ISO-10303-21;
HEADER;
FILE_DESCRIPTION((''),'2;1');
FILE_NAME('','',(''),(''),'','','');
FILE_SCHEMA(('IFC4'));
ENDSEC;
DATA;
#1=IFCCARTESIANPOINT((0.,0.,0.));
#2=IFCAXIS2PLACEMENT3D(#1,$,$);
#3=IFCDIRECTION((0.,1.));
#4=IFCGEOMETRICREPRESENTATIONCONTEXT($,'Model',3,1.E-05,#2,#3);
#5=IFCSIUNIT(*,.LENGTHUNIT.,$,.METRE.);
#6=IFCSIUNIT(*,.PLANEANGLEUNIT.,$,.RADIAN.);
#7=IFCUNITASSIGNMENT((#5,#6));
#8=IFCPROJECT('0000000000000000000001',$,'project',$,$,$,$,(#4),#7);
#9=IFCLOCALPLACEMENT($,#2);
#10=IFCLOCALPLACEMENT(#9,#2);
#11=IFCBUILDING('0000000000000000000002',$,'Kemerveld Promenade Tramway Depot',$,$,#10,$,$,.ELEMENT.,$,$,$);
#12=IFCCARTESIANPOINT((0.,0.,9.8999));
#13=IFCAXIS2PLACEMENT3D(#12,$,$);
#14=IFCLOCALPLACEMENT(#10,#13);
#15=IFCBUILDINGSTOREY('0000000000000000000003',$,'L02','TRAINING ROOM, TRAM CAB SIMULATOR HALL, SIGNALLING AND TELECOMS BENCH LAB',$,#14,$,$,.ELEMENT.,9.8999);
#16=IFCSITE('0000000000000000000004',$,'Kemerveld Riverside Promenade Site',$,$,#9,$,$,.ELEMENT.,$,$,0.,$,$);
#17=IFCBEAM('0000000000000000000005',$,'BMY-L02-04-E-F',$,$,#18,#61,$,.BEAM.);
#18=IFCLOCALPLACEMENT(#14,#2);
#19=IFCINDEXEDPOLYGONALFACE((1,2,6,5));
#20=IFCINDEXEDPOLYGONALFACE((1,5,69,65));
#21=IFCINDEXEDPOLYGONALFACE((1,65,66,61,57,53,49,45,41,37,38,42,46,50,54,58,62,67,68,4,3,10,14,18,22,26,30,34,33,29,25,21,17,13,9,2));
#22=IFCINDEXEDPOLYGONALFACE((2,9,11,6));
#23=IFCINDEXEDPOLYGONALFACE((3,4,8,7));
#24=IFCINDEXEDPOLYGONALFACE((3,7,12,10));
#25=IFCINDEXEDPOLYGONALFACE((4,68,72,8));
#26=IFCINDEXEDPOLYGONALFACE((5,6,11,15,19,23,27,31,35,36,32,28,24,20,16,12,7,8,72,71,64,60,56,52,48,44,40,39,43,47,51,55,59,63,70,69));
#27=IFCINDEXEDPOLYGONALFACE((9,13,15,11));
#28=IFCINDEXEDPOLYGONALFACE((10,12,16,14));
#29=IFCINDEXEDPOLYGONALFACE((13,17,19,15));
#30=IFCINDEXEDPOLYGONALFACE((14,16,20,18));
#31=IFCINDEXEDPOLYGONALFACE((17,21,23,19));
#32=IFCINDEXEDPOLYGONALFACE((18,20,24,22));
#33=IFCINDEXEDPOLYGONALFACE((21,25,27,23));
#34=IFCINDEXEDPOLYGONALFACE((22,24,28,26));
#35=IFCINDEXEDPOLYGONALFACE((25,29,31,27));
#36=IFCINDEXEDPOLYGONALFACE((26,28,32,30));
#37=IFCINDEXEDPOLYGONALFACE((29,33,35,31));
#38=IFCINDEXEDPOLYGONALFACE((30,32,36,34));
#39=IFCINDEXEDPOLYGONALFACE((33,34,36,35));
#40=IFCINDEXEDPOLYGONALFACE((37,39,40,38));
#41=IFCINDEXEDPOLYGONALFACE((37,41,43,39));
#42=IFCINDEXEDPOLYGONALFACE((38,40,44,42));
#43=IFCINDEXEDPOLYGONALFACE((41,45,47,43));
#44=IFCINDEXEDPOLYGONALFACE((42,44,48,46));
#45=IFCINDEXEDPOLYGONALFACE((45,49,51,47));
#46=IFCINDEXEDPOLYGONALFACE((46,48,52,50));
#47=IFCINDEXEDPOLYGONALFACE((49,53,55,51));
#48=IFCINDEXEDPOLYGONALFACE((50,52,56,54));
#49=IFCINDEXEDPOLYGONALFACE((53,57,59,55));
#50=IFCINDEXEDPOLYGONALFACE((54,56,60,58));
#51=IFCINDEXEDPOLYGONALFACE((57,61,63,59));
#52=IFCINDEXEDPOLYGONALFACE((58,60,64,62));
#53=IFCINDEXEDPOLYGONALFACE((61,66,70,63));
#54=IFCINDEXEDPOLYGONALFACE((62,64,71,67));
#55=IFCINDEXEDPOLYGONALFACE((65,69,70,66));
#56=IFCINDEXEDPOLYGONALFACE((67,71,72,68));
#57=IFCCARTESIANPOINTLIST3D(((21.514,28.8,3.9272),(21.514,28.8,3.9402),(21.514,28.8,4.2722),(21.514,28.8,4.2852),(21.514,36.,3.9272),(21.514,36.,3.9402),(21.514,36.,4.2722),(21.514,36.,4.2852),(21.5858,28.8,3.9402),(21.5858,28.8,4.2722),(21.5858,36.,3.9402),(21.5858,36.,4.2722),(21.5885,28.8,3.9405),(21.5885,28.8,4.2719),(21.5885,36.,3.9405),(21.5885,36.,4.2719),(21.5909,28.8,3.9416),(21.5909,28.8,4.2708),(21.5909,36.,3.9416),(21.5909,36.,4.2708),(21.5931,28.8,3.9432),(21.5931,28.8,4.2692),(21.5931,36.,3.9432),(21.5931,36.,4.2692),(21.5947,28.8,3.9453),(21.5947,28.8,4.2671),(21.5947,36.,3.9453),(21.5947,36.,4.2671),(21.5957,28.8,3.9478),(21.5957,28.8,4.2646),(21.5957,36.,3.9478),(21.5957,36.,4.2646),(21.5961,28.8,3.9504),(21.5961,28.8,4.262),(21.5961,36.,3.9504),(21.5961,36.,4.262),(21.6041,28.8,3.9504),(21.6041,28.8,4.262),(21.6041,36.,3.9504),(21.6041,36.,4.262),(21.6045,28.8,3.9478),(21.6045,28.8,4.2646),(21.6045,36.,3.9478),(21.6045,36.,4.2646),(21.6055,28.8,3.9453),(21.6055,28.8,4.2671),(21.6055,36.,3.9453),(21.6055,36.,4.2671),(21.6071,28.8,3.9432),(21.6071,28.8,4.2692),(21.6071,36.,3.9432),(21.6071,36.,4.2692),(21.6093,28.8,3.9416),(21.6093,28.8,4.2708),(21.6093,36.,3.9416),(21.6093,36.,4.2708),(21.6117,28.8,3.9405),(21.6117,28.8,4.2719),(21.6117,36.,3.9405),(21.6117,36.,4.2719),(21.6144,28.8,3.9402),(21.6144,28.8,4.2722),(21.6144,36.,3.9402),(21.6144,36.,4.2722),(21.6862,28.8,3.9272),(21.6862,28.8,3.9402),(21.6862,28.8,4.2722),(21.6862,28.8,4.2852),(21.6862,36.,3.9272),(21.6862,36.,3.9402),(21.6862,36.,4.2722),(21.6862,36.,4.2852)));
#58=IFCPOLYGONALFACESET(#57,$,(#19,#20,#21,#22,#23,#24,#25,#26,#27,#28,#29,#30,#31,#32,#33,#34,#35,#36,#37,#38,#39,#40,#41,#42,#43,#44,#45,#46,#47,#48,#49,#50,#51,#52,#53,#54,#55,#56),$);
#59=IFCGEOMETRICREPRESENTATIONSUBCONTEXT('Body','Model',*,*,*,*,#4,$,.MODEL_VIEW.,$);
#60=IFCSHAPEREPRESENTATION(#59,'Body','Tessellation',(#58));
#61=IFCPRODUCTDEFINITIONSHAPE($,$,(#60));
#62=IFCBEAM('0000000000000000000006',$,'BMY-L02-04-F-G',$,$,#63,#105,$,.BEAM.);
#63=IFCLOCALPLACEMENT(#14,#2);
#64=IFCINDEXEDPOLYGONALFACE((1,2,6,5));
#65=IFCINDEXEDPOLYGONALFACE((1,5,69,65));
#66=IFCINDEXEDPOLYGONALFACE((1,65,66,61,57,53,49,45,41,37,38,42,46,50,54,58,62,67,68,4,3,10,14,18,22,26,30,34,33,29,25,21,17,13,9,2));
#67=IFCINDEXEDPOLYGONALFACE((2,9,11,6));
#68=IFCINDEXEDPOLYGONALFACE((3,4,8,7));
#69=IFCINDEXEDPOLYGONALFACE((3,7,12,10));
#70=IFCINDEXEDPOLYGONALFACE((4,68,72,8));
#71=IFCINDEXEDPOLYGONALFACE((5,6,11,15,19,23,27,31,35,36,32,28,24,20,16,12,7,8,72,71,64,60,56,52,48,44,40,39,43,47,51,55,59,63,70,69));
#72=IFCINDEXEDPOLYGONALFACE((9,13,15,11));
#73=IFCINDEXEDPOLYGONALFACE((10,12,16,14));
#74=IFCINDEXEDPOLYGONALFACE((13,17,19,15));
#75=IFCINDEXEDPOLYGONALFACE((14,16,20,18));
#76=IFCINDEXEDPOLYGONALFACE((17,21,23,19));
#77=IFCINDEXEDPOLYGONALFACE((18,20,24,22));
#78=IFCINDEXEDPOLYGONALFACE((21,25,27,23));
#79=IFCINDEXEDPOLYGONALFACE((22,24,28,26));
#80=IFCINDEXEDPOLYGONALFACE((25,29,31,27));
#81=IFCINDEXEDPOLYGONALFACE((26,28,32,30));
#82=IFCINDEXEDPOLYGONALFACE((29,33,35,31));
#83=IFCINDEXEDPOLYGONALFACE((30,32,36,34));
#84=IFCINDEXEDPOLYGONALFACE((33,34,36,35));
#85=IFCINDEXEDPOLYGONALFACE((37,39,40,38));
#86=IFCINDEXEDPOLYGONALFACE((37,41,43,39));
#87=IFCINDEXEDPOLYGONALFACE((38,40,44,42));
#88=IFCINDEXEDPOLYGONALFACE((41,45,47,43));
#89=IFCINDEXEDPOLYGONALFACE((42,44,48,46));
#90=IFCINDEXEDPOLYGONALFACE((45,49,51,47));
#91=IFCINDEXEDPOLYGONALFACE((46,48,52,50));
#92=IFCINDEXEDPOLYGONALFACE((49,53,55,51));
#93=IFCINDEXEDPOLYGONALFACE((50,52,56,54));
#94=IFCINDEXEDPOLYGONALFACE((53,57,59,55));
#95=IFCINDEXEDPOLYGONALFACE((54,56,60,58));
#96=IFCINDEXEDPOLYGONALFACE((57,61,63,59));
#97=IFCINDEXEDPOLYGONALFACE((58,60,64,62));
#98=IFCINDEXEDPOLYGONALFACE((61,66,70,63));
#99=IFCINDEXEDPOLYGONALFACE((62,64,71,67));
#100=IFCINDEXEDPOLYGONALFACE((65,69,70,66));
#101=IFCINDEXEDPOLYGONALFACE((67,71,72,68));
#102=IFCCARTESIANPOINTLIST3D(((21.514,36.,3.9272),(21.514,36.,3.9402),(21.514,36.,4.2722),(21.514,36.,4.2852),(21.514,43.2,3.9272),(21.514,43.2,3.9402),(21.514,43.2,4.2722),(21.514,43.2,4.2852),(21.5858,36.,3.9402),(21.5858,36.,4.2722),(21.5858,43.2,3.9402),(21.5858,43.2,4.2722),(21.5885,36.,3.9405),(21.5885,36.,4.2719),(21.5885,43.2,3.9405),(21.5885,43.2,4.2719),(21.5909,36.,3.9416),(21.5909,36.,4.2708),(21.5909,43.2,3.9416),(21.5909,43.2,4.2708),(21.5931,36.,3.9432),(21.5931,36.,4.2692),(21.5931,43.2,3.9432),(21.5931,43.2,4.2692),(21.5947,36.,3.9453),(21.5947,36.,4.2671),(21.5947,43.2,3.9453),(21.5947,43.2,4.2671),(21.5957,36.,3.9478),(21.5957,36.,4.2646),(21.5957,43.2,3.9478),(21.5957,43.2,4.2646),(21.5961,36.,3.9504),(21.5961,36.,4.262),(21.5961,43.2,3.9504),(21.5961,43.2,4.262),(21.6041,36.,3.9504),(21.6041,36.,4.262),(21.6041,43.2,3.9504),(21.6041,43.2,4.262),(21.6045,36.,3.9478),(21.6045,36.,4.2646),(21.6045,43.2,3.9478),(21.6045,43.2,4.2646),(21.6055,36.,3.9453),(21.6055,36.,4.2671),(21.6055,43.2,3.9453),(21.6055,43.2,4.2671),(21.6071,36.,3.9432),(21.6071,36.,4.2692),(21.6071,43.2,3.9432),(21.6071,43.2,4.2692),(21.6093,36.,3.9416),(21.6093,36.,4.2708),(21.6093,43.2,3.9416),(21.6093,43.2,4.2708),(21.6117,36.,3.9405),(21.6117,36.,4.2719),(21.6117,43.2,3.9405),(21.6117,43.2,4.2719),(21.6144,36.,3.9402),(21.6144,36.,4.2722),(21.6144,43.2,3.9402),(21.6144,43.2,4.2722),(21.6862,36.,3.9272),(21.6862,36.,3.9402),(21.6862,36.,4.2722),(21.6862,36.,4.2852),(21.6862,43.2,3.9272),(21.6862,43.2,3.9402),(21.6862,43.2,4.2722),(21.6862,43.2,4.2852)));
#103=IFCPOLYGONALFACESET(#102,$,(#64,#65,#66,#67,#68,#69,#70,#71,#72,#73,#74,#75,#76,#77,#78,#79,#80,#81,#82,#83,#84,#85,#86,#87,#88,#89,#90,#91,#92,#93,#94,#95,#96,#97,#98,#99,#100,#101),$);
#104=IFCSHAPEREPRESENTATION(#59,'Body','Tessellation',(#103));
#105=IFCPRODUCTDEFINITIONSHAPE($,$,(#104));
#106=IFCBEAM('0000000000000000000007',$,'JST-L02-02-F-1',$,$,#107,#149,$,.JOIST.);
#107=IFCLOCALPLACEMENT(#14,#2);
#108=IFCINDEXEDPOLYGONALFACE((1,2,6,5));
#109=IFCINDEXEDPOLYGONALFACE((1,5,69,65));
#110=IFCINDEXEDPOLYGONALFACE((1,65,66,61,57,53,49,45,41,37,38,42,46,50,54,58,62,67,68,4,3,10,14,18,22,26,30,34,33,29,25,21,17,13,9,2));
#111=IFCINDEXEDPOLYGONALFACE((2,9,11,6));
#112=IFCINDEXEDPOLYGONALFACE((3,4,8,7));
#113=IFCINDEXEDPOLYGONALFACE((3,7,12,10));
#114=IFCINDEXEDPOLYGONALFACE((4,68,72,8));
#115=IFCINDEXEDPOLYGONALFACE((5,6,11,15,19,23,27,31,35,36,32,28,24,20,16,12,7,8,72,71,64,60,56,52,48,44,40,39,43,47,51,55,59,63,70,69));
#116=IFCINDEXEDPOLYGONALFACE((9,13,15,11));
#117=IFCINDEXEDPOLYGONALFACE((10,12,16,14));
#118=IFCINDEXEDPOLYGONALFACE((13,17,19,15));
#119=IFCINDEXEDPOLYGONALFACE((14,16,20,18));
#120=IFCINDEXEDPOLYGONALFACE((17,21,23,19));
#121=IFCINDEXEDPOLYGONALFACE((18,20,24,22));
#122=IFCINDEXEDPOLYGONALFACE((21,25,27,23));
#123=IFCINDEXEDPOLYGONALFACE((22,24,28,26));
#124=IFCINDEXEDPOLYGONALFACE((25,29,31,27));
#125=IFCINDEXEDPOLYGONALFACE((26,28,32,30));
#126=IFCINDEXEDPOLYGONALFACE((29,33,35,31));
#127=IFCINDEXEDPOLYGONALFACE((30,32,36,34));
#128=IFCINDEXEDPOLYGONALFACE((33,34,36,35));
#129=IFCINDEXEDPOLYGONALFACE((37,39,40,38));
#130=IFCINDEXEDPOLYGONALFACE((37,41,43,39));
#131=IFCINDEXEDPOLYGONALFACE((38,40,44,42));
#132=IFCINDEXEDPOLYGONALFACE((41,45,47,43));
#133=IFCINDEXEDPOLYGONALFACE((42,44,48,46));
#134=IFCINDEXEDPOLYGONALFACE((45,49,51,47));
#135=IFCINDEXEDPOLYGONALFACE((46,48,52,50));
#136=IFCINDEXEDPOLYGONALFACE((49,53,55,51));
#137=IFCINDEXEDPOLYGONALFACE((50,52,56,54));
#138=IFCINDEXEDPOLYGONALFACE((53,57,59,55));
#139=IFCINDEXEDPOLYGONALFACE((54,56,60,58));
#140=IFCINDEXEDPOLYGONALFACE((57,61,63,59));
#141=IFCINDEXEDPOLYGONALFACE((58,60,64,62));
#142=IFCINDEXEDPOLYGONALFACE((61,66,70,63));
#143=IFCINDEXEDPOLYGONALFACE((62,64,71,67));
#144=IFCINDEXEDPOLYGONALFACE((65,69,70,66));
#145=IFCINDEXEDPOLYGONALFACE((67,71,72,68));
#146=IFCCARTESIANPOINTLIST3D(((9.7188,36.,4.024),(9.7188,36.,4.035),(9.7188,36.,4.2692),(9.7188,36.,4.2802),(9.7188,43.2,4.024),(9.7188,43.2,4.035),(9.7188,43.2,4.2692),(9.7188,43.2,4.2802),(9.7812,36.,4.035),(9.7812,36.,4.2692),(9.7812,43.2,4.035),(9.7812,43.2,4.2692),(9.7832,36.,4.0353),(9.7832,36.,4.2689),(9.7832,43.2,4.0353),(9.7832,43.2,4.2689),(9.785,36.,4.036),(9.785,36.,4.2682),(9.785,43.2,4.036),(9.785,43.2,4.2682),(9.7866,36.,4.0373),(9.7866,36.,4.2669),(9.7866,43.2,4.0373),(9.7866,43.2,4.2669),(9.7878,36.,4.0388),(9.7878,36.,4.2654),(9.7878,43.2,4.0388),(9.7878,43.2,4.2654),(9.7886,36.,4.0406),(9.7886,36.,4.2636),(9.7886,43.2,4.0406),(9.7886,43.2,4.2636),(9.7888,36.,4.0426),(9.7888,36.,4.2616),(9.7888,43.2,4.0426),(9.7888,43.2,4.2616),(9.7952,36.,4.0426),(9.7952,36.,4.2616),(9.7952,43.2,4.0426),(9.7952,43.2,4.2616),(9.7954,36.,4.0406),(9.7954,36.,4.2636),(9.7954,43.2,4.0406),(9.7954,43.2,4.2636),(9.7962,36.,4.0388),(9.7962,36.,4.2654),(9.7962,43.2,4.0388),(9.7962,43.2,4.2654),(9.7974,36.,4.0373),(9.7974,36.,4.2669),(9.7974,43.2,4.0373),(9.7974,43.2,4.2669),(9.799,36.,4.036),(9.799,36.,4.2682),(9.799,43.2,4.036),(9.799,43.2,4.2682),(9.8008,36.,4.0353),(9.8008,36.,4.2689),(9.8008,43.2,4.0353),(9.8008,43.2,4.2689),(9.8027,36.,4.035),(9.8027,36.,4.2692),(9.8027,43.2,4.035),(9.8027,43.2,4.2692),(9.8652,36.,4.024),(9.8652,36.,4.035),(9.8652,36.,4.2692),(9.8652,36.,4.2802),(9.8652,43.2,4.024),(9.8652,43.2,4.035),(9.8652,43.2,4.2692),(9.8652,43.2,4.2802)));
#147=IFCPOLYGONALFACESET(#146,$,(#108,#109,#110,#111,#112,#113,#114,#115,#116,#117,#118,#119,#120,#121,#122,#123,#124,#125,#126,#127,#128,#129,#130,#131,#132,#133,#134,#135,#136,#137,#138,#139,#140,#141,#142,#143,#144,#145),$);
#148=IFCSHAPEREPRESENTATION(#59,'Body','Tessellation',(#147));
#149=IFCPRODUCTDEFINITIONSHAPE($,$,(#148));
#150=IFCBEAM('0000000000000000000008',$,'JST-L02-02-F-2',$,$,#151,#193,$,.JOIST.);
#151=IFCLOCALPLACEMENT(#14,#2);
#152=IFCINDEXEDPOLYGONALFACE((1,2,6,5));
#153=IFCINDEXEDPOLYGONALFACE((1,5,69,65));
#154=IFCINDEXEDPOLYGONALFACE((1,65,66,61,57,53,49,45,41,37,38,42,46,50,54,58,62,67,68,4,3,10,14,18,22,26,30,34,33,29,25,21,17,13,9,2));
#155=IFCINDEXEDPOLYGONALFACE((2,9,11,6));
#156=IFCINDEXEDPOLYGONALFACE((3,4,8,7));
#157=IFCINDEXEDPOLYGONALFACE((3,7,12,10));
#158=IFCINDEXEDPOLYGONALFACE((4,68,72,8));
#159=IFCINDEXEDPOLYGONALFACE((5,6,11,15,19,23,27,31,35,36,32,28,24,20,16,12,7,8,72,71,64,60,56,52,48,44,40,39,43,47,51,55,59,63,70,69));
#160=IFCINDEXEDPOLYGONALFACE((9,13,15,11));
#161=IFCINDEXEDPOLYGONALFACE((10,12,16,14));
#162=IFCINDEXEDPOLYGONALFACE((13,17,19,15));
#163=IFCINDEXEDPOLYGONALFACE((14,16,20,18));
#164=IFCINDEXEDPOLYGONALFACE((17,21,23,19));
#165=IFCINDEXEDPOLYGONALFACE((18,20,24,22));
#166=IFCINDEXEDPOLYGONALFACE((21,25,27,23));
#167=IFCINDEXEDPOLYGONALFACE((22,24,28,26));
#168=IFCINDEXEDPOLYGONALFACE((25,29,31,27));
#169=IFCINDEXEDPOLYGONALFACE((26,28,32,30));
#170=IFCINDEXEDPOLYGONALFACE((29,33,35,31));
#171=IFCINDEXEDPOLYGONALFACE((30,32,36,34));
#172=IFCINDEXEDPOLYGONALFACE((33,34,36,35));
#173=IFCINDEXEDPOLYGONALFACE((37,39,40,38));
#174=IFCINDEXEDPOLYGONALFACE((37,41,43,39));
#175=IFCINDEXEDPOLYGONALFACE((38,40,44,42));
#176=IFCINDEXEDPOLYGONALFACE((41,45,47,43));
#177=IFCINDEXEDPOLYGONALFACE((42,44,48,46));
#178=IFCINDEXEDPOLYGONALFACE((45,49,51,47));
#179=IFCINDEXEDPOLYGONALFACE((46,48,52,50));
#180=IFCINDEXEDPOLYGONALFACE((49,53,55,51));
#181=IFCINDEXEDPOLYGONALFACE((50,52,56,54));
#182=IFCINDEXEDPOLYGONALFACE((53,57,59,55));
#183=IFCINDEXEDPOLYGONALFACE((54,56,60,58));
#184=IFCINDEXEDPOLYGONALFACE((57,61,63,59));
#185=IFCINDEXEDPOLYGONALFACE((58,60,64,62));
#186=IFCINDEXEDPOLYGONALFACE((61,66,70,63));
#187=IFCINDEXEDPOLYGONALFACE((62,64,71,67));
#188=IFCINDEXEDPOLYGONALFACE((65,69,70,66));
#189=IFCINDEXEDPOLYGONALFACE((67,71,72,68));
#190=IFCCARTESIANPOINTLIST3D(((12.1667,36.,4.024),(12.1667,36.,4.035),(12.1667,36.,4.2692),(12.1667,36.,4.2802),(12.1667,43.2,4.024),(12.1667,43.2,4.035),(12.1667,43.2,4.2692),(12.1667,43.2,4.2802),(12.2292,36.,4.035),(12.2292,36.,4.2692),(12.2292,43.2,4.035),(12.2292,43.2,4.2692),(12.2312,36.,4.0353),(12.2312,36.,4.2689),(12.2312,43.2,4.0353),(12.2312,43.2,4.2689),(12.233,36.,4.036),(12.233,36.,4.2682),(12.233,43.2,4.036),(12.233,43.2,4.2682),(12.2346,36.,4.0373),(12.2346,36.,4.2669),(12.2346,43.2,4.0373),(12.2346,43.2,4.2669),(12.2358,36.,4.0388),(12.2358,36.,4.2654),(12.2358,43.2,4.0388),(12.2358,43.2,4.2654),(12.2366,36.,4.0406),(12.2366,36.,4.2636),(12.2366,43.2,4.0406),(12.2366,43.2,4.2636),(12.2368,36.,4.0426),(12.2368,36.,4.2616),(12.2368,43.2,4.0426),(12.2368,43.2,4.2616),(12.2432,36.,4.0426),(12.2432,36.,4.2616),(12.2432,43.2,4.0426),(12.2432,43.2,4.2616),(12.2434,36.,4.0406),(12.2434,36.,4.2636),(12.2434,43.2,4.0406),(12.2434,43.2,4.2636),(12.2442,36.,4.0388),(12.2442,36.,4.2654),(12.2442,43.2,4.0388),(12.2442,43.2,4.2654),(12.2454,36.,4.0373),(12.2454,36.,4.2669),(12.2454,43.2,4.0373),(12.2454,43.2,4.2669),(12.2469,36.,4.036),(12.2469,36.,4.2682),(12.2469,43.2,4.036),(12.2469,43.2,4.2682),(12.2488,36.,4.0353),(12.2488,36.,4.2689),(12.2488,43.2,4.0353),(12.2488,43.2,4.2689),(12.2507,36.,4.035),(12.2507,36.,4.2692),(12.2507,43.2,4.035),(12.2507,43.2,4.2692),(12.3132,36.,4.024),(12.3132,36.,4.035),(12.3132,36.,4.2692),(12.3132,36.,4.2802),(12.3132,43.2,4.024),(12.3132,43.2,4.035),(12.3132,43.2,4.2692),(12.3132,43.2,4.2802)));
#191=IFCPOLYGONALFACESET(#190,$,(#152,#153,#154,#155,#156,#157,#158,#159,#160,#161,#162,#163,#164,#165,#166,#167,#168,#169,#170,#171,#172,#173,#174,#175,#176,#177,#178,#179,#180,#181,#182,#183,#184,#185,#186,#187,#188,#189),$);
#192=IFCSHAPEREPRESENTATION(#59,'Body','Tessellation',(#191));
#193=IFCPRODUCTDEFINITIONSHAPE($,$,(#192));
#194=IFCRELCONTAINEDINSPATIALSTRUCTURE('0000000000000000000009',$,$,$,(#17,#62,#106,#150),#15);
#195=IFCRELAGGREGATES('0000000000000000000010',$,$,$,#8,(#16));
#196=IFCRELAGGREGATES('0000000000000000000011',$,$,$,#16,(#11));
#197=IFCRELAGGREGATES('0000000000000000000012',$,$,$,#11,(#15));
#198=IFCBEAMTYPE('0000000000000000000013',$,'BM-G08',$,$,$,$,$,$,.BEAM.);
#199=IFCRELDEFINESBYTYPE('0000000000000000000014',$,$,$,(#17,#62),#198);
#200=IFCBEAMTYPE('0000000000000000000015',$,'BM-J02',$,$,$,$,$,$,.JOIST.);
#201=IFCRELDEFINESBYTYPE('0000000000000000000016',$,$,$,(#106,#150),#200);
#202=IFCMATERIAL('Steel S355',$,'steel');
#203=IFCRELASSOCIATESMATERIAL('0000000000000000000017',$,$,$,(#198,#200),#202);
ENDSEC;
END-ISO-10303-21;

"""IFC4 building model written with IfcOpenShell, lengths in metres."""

from ifc_helpers import new_model, si_unit, direction, frame, origin, origin_2d, place, context, subcontext, project, spatial, i_section, extrude, material, material_profile, profile_set, type_object, element, save


model = new_model("IFC4")

# Units and contexts
model_context = context("Model", 3, precision=1e-05, world=origin(), true_north=direction((0.0, 1.0)))
body_context = subcontext(model_context, "Body", "Model", "MODEL_VIEW")
ifc_project = project(units=[si_unit("LENGTHUNIT", "METRE"), si_unit("PLANEANGLEUNIT", "RADIAN")], contexts=[model_context])

# Site, building, storey
site_placement = place(None, origin())
site = spatial("IfcSite", under=ifc_project, at=site_placement, Name="Kemerveld Riverside Promenade Site", CompositionType="ELEMENT", RefElevation=0.0)
building_placement = place(site_placement, origin())
building = spatial("IfcBuilding", under=site, at=building_placement, Name="Kemerveld Promenade Tramway Depot", CompositionType="ELEMENT")
storey_placement = place(building_placement, frame((0.0, 0.0, 9.8999)))
storey = spatial("IfcBuildingStorey", under=building, at=storey_placement, Name="L02", Description="TRAINING ROOM, TRAM CAB SIMULATOR HALL, SIGNALLING AND TELECOMS BENCH LAB", CompositionType="ELEMENT", Elevation=9.8999)

# Shared definitions
ifc_material_1 = material(Name="Steel S355", Category="steel")

# Beams
ifc_material_profile_1 = material_profile(ifc_material_1, i_section(OverallWidth=0.1721, OverallDepth=0.3579, WebThickness=0.0081, FlangeThickness=0.0129, FilletRadius=0.0103, at=origin_2d()), Name="356x171x57 UB")
ifc_profile_set_1 = profile_set([ifc_material_profile_1], Name="Steel S355")
beam_type_1 = type_object("IfcBeamType", Name="BM-G08", PredefinedType="BEAM", material=ifc_profile_set_1)
for number, where, z_axis, x_axis, name in (
    (1, (21.6001, 28.8, 4.1062), (0.0, 1.0, 0.0), (-1.0, 0.0, 0.0), "BMY-L02-04-E-F"),
    (2, (21.6001, 36.0, 4.1062), (0.0, 1.0, 0.0), (-1.0, 0.0, 0.0), "BMY-L02-04-F-G"),
):
    element("IfcBeam", number, at=place(storey_placement, frame(where, z_axis=z_axis, x_axis=x_axis)), inside=storey, type_object=beam_type_1, Name=name, PredefinedType="BEAM", context=body_context, shape_type="SweptSolid", body=[
        extrude(i_section(OverallWidth=0.1721, OverallDepth=0.3579, WebThickness=0.0081, FlangeThickness=0.0129, FilletRadius=0.0103, at=origin_2d()), origin(), (0.0, 0.0, 1.0), 7.2),
    ])
ifc_material_profile_2 = material_profile(ifc_material_1, i_section(OverallWidth=0.1465, OverallDepth=0.2561, WebThickness=0.0063, FlangeThickness=0.011, FilletRadius=0.0076, at=origin_2d()), Name="254x146x37 UB")
ifc_profile_set_2 = profile_set([ifc_material_profile_2], Name="Steel S355")
beam_type_2 = type_object("IfcBeamType", Name="BM-J02", PredefinedType="JOIST", material=ifc_profile_set_2)
for number, where, z_axis, x_axis, name in (
    (3, (9.792, 36.0, 4.1521), (0.0, 1.0, 0.0), (-1.0, 0.0, 0.0), "JST-L02-02-F-1"),
    (4, (12.24, 36.0, 4.1521), (0.0, 1.0, 0.0), (-1.0, 0.0, 0.0), "JST-L02-02-F-2"),
):
    element("IfcBeam", number, at=place(storey_placement, frame(where, z_axis=z_axis, x_axis=x_axis)), inside=storey, type_object=beam_type_2, Name=name, PredefinedType="JOIST", context=body_context, shape_type="SweptSolid", body=[
        extrude(i_section(OverallWidth=0.1465, OverallDepth=0.2561, WebThickness=0.0063, FlangeThickness=0.011, FilletRadius=0.0076, at=origin_2d()), origin(), (0.0, 0.0, 1.0), 7.2),
    ])

save(model, "model.ifc")
